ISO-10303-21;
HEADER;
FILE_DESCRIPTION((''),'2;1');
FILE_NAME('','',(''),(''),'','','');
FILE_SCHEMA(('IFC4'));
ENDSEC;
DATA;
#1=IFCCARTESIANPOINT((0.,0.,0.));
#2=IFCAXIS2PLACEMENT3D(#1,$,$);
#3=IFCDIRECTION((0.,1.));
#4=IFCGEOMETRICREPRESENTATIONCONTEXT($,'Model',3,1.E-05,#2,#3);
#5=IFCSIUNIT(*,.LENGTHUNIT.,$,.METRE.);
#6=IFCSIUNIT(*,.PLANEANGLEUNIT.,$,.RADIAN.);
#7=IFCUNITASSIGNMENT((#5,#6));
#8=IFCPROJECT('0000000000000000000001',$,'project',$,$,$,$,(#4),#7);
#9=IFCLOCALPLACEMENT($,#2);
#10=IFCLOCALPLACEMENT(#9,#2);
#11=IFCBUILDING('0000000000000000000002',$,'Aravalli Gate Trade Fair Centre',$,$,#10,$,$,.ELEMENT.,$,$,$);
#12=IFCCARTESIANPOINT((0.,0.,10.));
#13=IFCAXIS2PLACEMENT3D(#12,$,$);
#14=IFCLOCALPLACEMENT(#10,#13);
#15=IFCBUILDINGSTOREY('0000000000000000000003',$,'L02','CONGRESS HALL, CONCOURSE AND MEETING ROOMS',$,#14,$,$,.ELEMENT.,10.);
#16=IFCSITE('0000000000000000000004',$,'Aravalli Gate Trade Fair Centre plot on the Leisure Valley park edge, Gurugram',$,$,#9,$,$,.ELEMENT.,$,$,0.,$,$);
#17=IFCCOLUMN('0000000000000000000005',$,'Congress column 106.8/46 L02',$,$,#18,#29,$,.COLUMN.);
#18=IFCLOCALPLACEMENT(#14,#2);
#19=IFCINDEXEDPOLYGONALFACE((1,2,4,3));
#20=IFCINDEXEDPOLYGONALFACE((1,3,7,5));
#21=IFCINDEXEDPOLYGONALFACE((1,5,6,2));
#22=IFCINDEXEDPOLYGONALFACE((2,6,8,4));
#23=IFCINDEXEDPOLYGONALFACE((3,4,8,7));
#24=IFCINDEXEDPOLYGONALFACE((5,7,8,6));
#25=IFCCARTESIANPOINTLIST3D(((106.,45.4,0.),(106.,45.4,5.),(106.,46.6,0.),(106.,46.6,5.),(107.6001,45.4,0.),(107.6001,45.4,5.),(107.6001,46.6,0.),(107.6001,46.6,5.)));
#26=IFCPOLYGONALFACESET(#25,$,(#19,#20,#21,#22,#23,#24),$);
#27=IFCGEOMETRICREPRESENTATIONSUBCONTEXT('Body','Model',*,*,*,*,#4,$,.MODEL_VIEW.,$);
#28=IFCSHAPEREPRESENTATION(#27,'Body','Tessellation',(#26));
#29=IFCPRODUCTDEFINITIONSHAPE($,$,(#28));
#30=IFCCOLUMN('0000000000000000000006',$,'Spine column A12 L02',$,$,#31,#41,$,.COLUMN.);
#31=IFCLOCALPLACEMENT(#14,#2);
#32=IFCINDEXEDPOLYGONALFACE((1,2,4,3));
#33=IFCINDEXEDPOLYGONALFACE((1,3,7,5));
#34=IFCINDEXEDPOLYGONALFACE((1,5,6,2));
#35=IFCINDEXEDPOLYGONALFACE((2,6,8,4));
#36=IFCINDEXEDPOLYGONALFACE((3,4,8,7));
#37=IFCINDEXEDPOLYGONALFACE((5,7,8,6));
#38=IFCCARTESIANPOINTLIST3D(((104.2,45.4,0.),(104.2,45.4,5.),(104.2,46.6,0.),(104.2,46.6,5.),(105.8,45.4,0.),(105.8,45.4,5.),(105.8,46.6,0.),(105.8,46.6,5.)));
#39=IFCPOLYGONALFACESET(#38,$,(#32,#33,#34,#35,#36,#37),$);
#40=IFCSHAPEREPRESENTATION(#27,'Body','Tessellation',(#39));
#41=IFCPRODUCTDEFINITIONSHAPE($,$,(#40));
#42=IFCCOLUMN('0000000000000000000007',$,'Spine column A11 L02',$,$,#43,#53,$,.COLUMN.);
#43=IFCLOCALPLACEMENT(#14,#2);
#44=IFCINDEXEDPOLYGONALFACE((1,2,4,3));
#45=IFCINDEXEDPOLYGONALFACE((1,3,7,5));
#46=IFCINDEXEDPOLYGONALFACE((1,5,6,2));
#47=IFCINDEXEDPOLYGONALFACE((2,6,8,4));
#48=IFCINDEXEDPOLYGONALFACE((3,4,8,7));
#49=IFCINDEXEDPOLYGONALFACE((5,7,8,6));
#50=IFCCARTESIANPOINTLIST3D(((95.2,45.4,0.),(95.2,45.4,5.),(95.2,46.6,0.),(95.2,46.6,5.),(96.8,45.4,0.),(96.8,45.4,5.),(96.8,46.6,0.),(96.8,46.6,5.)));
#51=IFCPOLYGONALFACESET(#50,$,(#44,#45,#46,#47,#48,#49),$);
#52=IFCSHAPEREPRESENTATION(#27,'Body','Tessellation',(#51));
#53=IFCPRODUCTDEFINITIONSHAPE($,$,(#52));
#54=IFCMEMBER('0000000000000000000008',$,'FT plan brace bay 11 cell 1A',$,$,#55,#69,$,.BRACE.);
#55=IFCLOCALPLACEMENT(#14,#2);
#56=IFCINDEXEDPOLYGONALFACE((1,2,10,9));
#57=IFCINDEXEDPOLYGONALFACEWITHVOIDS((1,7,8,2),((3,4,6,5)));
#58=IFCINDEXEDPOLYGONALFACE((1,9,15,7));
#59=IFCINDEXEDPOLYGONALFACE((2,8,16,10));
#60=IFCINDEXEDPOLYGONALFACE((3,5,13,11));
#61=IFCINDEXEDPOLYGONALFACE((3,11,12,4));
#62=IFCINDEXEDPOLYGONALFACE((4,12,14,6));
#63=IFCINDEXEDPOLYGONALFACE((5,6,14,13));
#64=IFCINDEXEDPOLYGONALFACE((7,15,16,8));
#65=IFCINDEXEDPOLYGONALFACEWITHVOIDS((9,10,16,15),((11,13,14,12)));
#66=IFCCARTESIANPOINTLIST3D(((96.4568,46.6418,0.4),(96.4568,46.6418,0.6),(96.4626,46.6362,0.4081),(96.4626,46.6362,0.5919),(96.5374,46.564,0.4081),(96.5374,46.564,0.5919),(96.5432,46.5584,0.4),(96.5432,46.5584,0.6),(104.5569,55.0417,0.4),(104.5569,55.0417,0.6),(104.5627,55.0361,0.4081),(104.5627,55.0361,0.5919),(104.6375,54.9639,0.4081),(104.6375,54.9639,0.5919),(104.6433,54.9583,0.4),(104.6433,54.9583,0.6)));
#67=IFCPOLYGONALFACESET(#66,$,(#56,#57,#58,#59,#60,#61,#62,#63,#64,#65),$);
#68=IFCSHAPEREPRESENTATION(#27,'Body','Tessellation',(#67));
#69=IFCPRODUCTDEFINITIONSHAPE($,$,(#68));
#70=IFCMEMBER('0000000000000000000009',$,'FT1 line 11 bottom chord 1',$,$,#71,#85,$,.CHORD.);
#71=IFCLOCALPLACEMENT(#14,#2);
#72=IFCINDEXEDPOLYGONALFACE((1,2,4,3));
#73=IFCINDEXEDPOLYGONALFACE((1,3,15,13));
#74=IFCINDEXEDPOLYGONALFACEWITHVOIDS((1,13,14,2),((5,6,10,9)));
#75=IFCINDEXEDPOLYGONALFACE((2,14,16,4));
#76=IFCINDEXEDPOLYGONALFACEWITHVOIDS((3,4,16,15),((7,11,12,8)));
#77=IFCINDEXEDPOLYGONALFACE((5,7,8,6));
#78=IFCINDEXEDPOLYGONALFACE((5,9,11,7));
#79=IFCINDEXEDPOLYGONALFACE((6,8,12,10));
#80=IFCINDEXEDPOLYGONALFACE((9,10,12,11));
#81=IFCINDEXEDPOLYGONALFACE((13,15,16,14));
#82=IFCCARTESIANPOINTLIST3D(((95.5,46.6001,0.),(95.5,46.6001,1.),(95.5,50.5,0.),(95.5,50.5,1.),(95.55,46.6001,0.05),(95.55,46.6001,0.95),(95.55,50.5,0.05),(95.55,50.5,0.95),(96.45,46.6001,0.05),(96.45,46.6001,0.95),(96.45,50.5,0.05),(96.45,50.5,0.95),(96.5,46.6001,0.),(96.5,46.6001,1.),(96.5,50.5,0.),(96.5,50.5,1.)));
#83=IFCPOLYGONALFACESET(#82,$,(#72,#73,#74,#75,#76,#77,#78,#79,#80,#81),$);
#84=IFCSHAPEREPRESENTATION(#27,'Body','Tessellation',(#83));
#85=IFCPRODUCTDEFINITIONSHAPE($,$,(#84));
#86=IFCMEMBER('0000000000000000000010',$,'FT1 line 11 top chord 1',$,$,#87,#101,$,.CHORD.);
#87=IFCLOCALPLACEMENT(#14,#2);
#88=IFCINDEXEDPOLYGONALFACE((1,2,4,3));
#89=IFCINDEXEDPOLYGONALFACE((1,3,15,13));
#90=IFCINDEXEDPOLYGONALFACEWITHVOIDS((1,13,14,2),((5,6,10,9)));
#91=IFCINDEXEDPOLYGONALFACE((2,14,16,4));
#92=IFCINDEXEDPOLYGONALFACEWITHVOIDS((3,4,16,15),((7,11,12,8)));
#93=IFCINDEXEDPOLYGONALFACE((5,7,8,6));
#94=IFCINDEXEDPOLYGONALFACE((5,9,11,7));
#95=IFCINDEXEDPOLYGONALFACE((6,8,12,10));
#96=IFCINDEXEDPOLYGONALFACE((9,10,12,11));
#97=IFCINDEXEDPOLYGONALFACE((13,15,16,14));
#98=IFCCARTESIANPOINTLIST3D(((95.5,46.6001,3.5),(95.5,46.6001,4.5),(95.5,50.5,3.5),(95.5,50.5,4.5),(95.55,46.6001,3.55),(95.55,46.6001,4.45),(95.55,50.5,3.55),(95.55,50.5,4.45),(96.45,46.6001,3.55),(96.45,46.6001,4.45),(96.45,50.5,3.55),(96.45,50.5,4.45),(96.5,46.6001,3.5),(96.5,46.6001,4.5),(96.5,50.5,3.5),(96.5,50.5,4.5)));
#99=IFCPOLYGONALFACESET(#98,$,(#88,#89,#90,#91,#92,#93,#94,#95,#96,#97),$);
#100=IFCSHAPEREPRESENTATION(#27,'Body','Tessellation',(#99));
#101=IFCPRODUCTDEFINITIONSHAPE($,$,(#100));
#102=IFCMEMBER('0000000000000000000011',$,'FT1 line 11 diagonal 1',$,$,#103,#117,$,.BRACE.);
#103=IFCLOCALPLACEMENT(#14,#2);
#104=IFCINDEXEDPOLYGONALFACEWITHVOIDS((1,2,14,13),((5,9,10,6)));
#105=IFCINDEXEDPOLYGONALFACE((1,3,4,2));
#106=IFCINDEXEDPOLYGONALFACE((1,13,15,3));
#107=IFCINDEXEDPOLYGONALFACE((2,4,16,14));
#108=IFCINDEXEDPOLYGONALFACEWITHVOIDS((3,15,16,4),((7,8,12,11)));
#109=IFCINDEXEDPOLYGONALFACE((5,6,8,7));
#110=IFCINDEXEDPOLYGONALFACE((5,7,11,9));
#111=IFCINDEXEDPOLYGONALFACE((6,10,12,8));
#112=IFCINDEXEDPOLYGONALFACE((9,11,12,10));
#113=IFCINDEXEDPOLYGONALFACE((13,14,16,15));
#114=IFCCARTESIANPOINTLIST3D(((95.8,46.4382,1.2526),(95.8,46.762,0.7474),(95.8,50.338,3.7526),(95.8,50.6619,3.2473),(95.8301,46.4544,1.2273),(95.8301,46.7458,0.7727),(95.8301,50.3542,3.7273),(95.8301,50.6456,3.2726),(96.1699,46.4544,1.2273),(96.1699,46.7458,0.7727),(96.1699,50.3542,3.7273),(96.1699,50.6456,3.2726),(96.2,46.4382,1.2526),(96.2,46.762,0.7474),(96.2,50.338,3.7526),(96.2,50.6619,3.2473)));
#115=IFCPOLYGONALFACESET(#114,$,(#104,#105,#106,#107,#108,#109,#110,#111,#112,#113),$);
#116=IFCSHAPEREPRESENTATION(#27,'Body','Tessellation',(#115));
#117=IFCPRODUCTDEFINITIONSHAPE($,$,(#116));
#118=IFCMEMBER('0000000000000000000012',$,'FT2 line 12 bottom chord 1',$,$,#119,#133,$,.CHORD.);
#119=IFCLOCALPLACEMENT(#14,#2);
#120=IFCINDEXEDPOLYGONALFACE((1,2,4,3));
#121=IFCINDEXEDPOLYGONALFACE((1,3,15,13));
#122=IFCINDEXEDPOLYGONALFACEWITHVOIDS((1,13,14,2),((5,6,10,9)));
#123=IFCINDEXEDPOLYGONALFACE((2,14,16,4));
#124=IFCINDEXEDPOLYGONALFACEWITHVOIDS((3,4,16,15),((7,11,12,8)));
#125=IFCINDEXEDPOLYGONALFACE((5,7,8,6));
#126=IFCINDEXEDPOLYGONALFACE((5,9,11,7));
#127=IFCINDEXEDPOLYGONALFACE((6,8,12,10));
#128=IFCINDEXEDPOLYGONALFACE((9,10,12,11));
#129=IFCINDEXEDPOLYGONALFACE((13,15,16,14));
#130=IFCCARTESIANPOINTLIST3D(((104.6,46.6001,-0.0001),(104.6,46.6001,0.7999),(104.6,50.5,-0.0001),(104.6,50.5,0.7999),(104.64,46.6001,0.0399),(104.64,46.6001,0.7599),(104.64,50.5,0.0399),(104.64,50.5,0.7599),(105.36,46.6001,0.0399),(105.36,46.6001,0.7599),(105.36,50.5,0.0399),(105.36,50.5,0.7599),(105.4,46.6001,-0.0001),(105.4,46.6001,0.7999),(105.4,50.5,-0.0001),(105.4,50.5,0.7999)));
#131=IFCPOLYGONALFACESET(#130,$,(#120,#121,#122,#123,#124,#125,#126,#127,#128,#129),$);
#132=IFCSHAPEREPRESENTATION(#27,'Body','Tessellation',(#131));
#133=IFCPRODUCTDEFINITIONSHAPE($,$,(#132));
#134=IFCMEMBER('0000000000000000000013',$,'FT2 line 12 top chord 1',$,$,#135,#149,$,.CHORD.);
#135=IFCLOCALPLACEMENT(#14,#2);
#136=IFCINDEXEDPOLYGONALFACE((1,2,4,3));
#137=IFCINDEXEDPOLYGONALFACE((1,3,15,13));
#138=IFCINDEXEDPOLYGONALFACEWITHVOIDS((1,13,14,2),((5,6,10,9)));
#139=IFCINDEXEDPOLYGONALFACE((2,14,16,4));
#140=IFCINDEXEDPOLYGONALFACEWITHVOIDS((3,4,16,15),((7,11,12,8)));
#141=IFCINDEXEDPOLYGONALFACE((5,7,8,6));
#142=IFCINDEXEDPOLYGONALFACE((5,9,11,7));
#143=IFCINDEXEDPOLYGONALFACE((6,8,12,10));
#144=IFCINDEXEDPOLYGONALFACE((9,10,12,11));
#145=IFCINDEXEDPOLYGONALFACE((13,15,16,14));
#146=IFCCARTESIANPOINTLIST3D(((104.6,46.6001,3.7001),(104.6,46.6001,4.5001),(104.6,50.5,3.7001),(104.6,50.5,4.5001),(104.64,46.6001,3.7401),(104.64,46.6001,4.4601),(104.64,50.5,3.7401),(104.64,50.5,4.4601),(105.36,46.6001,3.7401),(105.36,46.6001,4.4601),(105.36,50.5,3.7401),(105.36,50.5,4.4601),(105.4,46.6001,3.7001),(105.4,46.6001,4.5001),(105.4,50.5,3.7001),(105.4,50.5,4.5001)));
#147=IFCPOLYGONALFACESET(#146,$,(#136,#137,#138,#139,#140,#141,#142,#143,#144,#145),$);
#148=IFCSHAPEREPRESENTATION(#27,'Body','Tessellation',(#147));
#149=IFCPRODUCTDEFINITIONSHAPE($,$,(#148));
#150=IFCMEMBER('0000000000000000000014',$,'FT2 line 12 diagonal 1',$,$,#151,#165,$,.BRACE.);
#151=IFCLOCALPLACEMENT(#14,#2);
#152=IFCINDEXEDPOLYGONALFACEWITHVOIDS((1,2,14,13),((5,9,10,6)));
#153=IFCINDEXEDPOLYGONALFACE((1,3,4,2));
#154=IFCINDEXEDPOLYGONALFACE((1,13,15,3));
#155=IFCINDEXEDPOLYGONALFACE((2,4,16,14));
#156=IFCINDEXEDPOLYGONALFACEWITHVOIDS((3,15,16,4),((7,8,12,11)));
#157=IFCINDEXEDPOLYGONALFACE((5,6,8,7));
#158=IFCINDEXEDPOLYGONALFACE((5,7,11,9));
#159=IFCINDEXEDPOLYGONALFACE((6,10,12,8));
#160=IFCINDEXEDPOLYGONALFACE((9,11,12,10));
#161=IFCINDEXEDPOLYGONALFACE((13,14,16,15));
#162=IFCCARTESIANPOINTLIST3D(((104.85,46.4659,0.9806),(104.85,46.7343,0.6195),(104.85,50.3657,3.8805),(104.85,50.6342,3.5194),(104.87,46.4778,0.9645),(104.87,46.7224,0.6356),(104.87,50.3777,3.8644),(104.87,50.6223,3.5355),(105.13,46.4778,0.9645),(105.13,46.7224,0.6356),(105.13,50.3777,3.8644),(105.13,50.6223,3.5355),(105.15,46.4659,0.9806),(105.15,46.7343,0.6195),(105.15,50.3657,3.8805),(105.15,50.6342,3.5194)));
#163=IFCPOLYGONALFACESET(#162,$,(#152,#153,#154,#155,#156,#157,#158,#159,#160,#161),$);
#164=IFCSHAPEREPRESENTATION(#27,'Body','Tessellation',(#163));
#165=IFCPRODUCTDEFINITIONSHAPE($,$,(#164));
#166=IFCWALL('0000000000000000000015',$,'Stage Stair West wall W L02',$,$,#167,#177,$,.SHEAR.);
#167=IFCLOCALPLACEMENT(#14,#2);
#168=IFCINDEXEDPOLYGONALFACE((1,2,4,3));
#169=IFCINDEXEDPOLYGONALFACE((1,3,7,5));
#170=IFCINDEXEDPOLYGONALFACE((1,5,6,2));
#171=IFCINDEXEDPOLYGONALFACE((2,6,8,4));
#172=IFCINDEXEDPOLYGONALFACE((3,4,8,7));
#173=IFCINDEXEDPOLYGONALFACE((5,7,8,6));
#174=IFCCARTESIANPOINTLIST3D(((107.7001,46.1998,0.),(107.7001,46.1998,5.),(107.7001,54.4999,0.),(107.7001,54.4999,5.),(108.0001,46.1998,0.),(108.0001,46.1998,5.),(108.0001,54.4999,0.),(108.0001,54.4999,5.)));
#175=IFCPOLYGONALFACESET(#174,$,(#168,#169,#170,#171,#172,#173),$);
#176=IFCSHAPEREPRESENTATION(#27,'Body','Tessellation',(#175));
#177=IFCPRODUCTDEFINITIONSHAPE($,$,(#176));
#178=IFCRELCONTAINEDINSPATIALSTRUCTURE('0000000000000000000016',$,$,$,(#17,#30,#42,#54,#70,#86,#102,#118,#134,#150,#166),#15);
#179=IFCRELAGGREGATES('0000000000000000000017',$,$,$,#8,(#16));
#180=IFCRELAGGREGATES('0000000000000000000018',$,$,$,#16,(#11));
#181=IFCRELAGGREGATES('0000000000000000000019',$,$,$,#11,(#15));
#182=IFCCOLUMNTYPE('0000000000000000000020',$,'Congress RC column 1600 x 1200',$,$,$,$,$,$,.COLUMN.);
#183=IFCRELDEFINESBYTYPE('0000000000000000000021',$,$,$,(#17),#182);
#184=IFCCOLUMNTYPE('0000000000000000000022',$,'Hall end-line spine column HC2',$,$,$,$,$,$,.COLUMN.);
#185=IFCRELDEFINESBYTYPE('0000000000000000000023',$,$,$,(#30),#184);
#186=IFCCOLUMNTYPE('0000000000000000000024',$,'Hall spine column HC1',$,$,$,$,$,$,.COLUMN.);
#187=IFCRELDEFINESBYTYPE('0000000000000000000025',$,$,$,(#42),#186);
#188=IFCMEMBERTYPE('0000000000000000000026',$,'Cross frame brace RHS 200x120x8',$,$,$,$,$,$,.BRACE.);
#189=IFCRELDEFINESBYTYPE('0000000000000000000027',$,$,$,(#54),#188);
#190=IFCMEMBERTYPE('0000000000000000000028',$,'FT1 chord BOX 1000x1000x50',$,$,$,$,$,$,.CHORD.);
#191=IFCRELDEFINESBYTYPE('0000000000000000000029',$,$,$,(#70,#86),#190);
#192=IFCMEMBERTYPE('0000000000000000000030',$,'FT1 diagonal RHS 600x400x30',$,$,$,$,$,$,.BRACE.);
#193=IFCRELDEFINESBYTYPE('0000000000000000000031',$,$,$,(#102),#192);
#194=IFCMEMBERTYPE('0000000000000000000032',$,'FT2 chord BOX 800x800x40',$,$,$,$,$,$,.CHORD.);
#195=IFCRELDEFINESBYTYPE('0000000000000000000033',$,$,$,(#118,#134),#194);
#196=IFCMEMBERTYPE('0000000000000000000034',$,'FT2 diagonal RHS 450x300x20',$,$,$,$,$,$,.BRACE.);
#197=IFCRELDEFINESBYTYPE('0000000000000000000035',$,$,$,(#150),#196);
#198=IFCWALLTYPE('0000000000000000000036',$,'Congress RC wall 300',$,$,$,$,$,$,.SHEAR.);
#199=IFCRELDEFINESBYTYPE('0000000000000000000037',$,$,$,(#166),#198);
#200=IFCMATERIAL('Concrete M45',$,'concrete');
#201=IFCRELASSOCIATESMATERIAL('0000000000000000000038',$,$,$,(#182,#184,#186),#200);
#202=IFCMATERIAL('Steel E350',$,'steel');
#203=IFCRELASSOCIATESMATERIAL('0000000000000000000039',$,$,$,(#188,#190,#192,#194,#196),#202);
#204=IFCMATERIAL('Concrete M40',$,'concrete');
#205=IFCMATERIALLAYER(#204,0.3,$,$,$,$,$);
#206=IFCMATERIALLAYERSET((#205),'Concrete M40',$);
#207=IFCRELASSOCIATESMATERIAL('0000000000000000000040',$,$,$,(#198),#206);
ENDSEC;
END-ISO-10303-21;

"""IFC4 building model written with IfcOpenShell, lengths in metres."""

from ifc_helpers import new_model, si_unit, direction, frame, frame_2d, origin, origin_2d, place, context, subcontext, project, spatial, rectangle, hollow_rectangle, extrude, material, layer, layer_set, material_profile, profile_set, type_object, element, save


model = new_model("IFC4")

# Units and contexts
model_context = context("Model", 3, precision=1e-05, world=origin(), true_north=direction((0.0, 1.0)))
body_context = subcontext(model_context, "Body", "Model", "MODEL_VIEW")
ifc_project = project(units=[si_unit("LENGTHUNIT", "METRE"), si_unit("PLANEANGLEUNIT", "RADIAN")], contexts=[model_context])

# Site, building, storey
site_placement = place(None, origin())
site = spatial("IfcSite", under=ifc_project, at=site_placement, Name="Aravalli Gate Trade Fair Centre plot on the Leisure Valley park edge, Gurugram", CompositionType="ELEMENT", RefElevation=0.0)
building_placement = place(site_placement, origin())
building = spatial("IfcBuilding", under=site, at=building_placement, Name="Aravalli Gate Trade Fair Centre", CompositionType="ELEMENT")
storey_placement = place(building_placement, frame((0.0, 0.0, 10.0)))
storey = spatial("IfcBuildingStorey", under=building, at=storey_placement, Name="L02", Description="CONGRESS HALL, CONCOURSE AND MEETING ROOMS", CompositionType="ELEMENT", Elevation=10.0)

# Columns
ifc_material_1 = material(Name="Concrete M45", Category="concrete")
ifc_material_profile_1 = material_profile(ifc_material_1, rectangle(XDim=1.6001, YDim=1.2, at=origin_2d()), Name="RC 1600x1200")
ifc_profile_set_1 = profile_set([ifc_material_profile_1], Name="Concrete M45")
column_type_1 = type_object("IfcColumnType", Name="Congress RC column 1600 x 1200", PredefinedType="COLUMN", material=ifc_profile_set_1)
column_1_placement = place(storey_placement, frame((106.8, 46.0, 0.0), z_axis=(0.0, 0.0, 1.0), x_axis=(1.0, 0.0, 0.0)))
element("IfcColumn", 1, at=column_1_placement, inside=storey, type_object=column_type_1, Name="Congress column 106.8/46 L02", PredefinedType="COLUMN", context=body_context, shape_type="SweptSolid", body=[
    extrude(rectangle(XDim=1.6001, YDim=1.2, at=origin_2d()), origin(), (0.0, 0.0, 1.0), 5.0),
])
ifc_material_profile_2 = material_profile(ifc_material_1, rectangle(XDim=1.6001, YDim=1.2, at=origin_2d()), Name="RC 1600x1200")
ifc_profile_set_2 = profile_set([ifc_material_profile_2], Name="Concrete M45")
column_type_2 = type_object("IfcColumnType", Name="Hall end-line spine column HC2", PredefinedType="COLUMN", material=ifc_profile_set_2)
column_2_placement = place(storey_placement, frame((105.0, 46.0, 0.0), z_axis=(0.0, 0.0, 1.0), x_axis=(1.0, 0.0, 0.0)))
element("IfcColumn", 2, at=column_2_placement, inside=storey, type_object=column_type_2, Name="Spine column A12 L02", PredefinedType="COLUMN", context=body_context, shape_type="SweptSolid", body=[
    extrude(rectangle(XDim=1.6001, YDim=1.2, at=origin_2d()), origin(), (0.0, 0.0, 1.0), 5.0),
])
ifc_material_profile_3 = material_profile(ifc_material_1, rectangle(XDim=1.6001, YDim=1.2, at=origin_2d()), Name="RC 1600x1200")
ifc_profile_set_3 = profile_set([ifc_material_profile_3], Name="Concrete M45")
column_type_3 = type_object("IfcColumnType", Name="Hall spine column HC1", PredefinedType="COLUMN", material=ifc_profile_set_3)
column_3_placement = place(storey_placement, frame((96.0, 46.0, 0.0), z_axis=(0.0, 0.0, 1.0), x_axis=(1.0, 0.0, 0.0)))
element("IfcColumn", 3, at=column_3_placement, inside=storey, type_object=column_type_3, Name="Spine column A11 L02", PredefinedType="COLUMN", context=body_context, shape_type="SweptSolid", body=[
    extrude(rectangle(XDim=1.6001, YDim=1.2, at=origin_2d()), origin(), (0.0, 0.0, 1.0), 5.0),
])

# Members
ifc_material_2 = material(Name="Steel E350", Category="steel")
ifc_material_profile_4 = material_profile(ifc_material_2, hollow_rectangle(XDim=0.1201, YDim=0.2, WallThickness=0.0081, at=origin_2d()), Name="RHS 200x120x8")
ifc_profile_set_4 = profile_set([ifc_material_profile_4], Name="Steel E350")
member_type_1 = type_object("IfcMemberType", Name="Cross frame brace RHS 200x120x8", PredefinedType="BRACE", material=ifc_profile_set_4)
member_1_placement = place(storey_placement, frame((96.5, 46.6001, 0.5), z_axis=(0.694144, 0.719836, 0.0), x_axis=(-0.719836, 0.694144, 0.0)))
element("IfcMember", 4, at=member_1_placement, inside=storey, type_object=member_type_1, Name="FT plan brace bay 11 cell 1A", PredefinedType="BRACE", context=body_context, shape_type="SweptSolid", body=[
    extrude(hollow_rectangle(XDim=0.1201, YDim=0.2, WallThickness=0.0081, at=origin_2d()), origin(), (0.0, 0.0, 1.0), 11.6692),
])
ifc_material_profile_5 = material_profile(ifc_material_2, hollow_rectangle(XDim=1.0, YDim=1.0, WallThickness=0.05, at=origin_2d()), Name="BOX 1000x1000x50")
ifc_profile_set_5 = profile_set([ifc_material_profile_5], Name="Steel E350")
member_type_2 = type_object("IfcMemberType", Name="FT1 chord BOX 1000x1000x50", PredefinedType="CHORD", material=ifc_profile_set_5)
for number, where, z_axis, x_axis, name in (
    (5, (96.0, 46.6001, 0.5), (0.0, 1.0, 0.0), (-1.0, 0.0, 0.0), "FT1 line 11 bottom chord 1"),
    (6, (96.0, 46.6001, 4.0), (0.0, 1.0, 0.0), (-1.0, 0.0, 0.0), "FT1 line 11 top chord 1"),
):
    element("IfcMember", number, at=place(storey_placement, frame(where, z_axis=z_axis, x_axis=x_axis)), inside=storey, type_object=member_type_2, Name=name, PredefinedType="CHORD", context=body_context, shape_type="SweptSolid", body=[
        extrude(hollow_rectangle(XDim=1.0, YDim=1.0, WallThickness=0.05, at=origin_2d()), origin(), (0.0, 0.0, 1.0), 3.8999),
    ])
ifc_material_profile_6 = material_profile(ifc_material_2, hollow_rectangle(XDim=0.3999, YDim=0.6001, WallThickness=0.03, at=origin_2d()), Name="RHS 600x400x30")
ifc_profile_set_6 = profile_set([ifc_material_profile_6], Name="Steel E350")
member_type_3 = type_object("IfcMemberType", Name="FT1 diagonal RHS 600x400x30", PredefinedType="BRACE", material=ifc_profile_set_6)
member_2_placement = place(storey_placement, frame((96.0, 46.6001, 1.0), z_axis=(0.0, 0.841873, 0.539676), x_axis=(-1.0, 0.0, 0.0)))
element("IfcMember", 7, at=member_2_placement, inside=storey, type_object=member_type_3, Name="FT1 line 11 diagonal 1", PredefinedType="BRACE", context=body_context, shape_type="SweptSolid", body=[
    extrude(hollow_rectangle(XDim=0.3999, YDim=0.6001, WallThickness=0.03, at=origin_2d()), origin(), (0.0, 0.0, 1.0), 4.6323),
])
ifc_material_profile_7 = material_profile(ifc_material_2, hollow_rectangle(XDim=0.8, YDim=0.8, WallThickness=0.04, at=origin_2d()), Name="BOX 800x800x40")
ifc_profile_set_7 = profile_set([ifc_material_profile_7], Name="Steel E350")
member_type_4 = type_object("IfcMemberType", Name="FT2 chord BOX 800x800x40", PredefinedType="CHORD", material=ifc_profile_set_7)
for number, where, z_axis, x_axis, name in (
    (8, (105.0, 46.6001, 0.3999), (0.0, 1.0, 0.0), (-1.0, 0.0, 0.0), "FT2 line 12 bottom chord 1"),
    (9, (105.0, 46.6001, 4.1001), (0.0, 1.0, 0.0), (-1.0, 0.0, 0.0), "FT2 line 12 top chord 1"),
):
    element("IfcMember", number, at=place(storey_placement, frame(where, z_axis=z_axis, x_axis=x_axis)), inside=storey, type_object=member_type_4, Name=name, PredefinedType="CHORD", context=body_context, shape_type="SweptSolid", body=[
        extrude(hollow_rectangle(XDim=0.8, YDim=0.8, WallThickness=0.04, at=origin_2d()), origin(), (0.0, 0.0, 1.0), 3.8999),
    ])
ifc_material_profile_8 = material_profile(ifc_material_2, hollow_rectangle(XDim=0.3, YDim=0.45, WallThickness=0.02, at=origin_2d()), Name="RHS 450x300x20")
ifc_profile_set_8 = profile_set([ifc_material_profile_8], Name="Steel E350")
member_type_5 = type_object("IfcMemberType", Name="FT2 diagonal RHS 450x300x20", PredefinedType="BRACE", material=ifc_profile_set_8)
member_3_placement = place(storey_placement, frame((105.0, 46.6001, 0.8), z_axis=(0.0, 0.802465, 0.596699), x_axis=(-1.0, 0.0, 0.0)))
element("IfcMember", 10, at=member_3_placement, inside=storey, type_object=member_type_5, Name="FT2 line 12 diagonal 1", PredefinedType="BRACE", context=body_context, shape_type="SweptSolid", body=[
    extrude(hollow_rectangle(XDim=0.3, YDim=0.45, WallThickness=0.02, at=origin_2d()), origin(), (0.0, 0.0, 1.0), 4.8599),
])

# Wall
ifc_material_3 = material(Name="Concrete M40", Category="concrete")
ifc_layer_1 = layer(ifc_material_3, 0.3)
ifc_layer_set_1 = layer_set([ifc_layer_1], Name="Concrete M40")
wall_type_1 = type_object("IfcWallType", Name="Congress RC wall 300", PredefinedType="SHEAR", material=ifc_layer_set_1)
wall_1_placement = place(storey_placement, frame((107.8501, 46.2, 0.0), z_axis=(0.0, 0.0, 1.0), x_axis=(0.0, 1.0, 0.0)))
element("IfcWall", 11, at=wall_1_placement, inside=storey, type_object=wall_type_1, Name="Stage Stair West wall W L02", PredefinedType="SHEAR", context=body_context, shape_type="SweptSolid", body=[
    extrude(rectangle(XDim=8.3, YDim=0.3, at=frame_2d((4.1499, 0.0))), origin(), (0.0, 0.0, 1.0), 5.0),
])

save(model, "model.ifc")
